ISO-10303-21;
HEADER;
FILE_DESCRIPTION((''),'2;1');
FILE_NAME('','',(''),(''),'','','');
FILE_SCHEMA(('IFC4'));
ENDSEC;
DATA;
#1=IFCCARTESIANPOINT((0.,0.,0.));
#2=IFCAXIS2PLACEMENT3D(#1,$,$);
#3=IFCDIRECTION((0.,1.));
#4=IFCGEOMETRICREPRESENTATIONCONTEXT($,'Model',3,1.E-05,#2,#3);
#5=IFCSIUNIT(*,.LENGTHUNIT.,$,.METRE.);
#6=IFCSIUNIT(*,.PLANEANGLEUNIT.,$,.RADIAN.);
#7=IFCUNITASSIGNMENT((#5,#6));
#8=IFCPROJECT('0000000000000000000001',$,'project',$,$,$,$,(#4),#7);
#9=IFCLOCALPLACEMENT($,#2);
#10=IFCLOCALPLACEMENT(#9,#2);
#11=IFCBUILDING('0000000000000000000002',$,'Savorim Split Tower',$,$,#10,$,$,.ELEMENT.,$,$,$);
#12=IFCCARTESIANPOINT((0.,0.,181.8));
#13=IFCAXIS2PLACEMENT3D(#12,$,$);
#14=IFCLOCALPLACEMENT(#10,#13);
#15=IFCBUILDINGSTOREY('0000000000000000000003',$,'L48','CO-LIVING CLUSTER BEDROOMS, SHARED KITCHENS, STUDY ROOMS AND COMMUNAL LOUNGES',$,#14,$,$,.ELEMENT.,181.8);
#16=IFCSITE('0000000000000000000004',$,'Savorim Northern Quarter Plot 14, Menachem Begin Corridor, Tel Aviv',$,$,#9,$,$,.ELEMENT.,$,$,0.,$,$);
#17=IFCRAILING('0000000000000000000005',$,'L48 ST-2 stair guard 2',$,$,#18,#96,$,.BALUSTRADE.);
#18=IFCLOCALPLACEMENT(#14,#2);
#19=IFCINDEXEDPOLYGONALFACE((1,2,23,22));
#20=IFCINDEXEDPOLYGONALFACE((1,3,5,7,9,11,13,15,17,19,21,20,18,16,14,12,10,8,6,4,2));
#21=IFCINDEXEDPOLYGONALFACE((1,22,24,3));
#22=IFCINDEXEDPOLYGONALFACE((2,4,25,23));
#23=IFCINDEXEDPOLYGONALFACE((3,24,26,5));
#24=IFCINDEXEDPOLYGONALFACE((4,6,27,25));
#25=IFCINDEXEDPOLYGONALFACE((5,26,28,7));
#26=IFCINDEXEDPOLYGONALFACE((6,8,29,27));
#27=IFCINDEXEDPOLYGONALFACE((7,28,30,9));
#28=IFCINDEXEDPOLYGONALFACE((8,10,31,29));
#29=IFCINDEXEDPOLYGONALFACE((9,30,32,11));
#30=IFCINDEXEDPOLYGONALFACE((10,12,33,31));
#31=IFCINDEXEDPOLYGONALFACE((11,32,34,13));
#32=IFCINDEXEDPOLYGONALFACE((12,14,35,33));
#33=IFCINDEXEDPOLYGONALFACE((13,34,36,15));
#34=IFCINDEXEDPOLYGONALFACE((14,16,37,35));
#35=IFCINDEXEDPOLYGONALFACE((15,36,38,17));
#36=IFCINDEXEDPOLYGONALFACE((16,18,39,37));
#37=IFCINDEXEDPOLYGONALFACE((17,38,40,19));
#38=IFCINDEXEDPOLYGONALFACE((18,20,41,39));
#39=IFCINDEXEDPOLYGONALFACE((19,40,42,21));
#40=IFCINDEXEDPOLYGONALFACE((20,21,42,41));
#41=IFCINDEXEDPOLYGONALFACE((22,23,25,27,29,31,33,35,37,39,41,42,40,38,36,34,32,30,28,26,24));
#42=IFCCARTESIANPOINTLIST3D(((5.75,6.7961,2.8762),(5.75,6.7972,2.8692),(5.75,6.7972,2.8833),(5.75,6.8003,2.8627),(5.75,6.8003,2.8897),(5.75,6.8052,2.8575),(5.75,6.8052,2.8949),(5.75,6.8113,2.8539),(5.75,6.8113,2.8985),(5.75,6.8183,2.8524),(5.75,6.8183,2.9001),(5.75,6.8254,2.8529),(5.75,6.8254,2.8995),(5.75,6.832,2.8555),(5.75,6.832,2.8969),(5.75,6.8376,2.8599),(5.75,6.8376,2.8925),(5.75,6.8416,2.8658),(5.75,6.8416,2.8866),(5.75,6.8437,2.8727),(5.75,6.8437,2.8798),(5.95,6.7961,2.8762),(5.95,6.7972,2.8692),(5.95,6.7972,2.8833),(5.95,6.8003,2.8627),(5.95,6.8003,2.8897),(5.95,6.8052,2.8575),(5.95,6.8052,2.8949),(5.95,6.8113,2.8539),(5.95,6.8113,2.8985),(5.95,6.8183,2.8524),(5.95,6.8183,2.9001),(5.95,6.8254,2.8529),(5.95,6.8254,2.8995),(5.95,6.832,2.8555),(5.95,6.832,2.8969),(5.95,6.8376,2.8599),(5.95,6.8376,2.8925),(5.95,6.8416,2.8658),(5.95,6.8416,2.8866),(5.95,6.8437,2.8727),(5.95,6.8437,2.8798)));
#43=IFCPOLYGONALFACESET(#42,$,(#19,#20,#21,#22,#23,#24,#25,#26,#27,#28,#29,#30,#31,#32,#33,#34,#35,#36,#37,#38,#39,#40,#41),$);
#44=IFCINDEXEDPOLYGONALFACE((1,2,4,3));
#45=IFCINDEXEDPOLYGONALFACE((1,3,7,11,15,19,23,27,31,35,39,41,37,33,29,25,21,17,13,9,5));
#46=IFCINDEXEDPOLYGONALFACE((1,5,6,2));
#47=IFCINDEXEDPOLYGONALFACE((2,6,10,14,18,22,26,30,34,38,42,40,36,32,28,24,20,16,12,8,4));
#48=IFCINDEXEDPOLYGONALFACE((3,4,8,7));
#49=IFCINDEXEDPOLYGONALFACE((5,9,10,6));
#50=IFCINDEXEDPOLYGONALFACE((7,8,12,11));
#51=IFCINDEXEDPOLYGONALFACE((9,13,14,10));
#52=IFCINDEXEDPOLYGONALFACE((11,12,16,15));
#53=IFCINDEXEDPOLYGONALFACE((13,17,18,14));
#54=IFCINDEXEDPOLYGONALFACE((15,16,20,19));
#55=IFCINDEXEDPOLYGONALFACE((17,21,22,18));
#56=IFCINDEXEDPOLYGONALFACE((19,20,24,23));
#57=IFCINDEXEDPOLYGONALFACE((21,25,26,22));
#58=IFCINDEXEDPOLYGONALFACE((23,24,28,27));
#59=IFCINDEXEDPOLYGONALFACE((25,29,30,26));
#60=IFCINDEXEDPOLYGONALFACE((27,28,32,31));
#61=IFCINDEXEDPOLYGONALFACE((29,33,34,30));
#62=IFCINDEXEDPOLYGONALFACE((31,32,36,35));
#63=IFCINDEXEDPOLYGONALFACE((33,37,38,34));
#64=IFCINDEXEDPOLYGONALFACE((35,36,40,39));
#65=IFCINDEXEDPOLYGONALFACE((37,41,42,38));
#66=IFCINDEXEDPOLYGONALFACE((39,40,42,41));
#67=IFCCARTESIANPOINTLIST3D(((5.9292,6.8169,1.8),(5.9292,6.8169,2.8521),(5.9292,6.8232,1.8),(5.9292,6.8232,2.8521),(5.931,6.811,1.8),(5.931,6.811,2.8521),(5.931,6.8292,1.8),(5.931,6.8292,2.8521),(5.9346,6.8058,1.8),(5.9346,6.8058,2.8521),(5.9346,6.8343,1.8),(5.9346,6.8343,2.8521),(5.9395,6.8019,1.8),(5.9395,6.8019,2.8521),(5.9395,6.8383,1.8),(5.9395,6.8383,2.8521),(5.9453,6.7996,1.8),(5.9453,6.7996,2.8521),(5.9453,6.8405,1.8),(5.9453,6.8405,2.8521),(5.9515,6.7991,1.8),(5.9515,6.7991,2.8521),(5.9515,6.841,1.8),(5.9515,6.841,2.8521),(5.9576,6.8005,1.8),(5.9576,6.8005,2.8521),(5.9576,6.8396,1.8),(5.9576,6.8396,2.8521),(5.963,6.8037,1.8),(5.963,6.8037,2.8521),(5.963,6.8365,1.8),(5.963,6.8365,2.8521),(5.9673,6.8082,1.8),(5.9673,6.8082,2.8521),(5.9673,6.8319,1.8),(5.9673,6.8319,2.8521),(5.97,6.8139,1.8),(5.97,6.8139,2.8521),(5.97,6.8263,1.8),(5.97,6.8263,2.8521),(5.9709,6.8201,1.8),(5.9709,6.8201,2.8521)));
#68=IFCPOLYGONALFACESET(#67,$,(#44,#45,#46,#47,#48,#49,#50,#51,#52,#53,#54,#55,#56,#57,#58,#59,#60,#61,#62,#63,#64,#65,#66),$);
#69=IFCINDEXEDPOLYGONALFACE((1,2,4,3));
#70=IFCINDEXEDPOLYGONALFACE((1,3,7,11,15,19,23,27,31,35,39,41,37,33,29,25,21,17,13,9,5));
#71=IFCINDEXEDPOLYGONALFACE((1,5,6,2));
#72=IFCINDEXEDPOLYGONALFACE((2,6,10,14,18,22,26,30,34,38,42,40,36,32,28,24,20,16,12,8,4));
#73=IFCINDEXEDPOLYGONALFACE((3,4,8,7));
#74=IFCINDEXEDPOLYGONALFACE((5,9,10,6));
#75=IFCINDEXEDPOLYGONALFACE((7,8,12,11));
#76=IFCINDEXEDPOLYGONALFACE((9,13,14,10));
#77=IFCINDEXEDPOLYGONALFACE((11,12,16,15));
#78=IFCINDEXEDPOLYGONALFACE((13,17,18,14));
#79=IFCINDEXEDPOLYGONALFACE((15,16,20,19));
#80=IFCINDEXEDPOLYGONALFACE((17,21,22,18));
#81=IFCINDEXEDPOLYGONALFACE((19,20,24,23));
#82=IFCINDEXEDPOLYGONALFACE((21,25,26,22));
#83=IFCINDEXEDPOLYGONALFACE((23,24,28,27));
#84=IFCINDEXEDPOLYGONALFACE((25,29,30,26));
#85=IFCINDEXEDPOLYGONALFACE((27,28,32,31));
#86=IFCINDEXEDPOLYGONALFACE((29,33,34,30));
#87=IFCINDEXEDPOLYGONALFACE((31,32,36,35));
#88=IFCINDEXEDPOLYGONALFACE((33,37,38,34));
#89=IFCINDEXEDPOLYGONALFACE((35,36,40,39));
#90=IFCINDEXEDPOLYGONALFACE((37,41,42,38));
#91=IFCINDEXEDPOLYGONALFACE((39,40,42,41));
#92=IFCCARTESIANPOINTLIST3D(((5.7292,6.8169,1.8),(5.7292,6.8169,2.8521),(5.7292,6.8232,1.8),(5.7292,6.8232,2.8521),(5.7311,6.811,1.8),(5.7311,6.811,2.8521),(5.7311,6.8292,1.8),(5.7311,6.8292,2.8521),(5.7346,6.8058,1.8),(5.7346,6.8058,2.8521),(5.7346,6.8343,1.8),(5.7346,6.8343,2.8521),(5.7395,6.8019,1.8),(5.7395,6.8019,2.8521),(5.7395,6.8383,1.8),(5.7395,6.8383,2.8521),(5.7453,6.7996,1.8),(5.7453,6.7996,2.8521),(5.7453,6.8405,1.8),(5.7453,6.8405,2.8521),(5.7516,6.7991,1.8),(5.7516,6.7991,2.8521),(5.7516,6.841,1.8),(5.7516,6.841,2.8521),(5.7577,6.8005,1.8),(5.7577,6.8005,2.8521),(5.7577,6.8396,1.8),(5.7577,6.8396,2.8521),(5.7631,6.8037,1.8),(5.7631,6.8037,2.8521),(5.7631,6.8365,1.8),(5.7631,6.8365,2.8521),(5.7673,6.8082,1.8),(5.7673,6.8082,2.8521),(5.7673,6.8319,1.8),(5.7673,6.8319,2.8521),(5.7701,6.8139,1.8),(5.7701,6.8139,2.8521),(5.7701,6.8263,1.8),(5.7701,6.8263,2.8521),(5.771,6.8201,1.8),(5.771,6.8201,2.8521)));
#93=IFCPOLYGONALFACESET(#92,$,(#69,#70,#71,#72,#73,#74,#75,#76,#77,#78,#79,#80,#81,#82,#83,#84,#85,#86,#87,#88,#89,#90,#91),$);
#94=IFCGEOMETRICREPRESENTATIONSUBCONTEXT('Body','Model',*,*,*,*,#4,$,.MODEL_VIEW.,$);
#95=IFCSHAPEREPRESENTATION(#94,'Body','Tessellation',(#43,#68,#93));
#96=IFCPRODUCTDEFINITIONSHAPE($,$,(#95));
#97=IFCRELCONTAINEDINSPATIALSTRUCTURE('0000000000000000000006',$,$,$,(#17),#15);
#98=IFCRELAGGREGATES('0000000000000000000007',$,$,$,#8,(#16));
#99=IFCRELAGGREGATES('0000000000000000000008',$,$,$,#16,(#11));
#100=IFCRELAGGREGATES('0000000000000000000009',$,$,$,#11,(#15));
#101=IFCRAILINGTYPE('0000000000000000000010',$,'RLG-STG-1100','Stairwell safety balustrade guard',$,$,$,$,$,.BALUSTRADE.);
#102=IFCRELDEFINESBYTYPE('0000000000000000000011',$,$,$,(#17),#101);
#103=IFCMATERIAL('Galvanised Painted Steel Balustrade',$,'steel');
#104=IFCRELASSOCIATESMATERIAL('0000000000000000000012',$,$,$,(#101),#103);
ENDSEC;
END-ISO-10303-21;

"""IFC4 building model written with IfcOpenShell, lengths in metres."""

from ifc_helpers import new_model, si_unit, direction, frame, origin, origin_2d, place, context, subcontext, project, spatial, circle, extrude, material, type_object, element, save


model = new_model("IFC4")

# Units and contexts
model_context = context("Model", 3, precision=1e-05, world=origin(), true_north=direction((0.0, 1.0)))
body_context = subcontext(model_context, "Body", "Model", "MODEL_VIEW")
ifc_project = project(units=[si_unit("LENGTHUNIT", "METRE"), si_unit("PLANEANGLEUNIT", "RADIAN")], contexts=[model_context])

# Site, building, storey
site_placement = place(None, origin())
site = spatial("IfcSite", under=ifc_project, at=site_placement, Name="Savorim Northern Quarter Plot 14, Menachem Begin Corridor, Tel Aviv", CompositionType="ELEMENT", RefElevation=0.0)
building_placement = place(site_placement, origin())
building = spatial("IfcBuilding", under=site, at=building_placement, Name="Savorim Split Tower", CompositionType="ELEMENT")
storey_placement = place(building_placement, frame((0.0, 0.0, 181.8)))
storey = spatial("IfcBuildingStorey", under=building, at=storey_placement, Name="L48", Description="CO-LIVING CLUSTER BEDROOMS, SHARED KITCHENS, STUDY ROOMS AND COMMUNAL LOUNGES", CompositionType="ELEMENT", Elevation=181.8)

# Railing
ifc_material_1 = material(Name="Galvanised Painted Steel Balustrade", Category="steel")
railing_type_1 = type_object("IfcRailingType", Name="RLG-STG-1100", Description="Stairwell safety balustrade guard", PredefinedType="BALUSTRADE", material=ifc_material_1)
railing_1_placement = place(storey_placement, frame((5.95, 6.8201, 1.8)))
element("IfcRailing", 1, at=railing_1_placement, inside=storey, type_object=railing_type_1, Name="L48 ST-2 stair guard 2", PredefinedType="BALUSTRADE", context=body_context, shape_type="SweptSolid", body=[
    extrude(circle(Radius=0.0239, at=origin_2d()), frame((0.0, 0.0, 1.0762), z_axis=(-1.0, 0.0, 0.0), x_axis=(0.0, -1.0, 0.0)), (0.0, 0.0, 1.0), 0.2),
    extrude(circle(Radius=0.021, at=origin_2d()), origin(), (0.0, 0.0, 1.0), 1.052),
    extrude(circle(Radius=0.021, at=origin_2d()), frame((-0.2, 0.0, 0.0)), (0.0, 0.0, 1.0), 1.052),
])

save(model, "model.ifc")
